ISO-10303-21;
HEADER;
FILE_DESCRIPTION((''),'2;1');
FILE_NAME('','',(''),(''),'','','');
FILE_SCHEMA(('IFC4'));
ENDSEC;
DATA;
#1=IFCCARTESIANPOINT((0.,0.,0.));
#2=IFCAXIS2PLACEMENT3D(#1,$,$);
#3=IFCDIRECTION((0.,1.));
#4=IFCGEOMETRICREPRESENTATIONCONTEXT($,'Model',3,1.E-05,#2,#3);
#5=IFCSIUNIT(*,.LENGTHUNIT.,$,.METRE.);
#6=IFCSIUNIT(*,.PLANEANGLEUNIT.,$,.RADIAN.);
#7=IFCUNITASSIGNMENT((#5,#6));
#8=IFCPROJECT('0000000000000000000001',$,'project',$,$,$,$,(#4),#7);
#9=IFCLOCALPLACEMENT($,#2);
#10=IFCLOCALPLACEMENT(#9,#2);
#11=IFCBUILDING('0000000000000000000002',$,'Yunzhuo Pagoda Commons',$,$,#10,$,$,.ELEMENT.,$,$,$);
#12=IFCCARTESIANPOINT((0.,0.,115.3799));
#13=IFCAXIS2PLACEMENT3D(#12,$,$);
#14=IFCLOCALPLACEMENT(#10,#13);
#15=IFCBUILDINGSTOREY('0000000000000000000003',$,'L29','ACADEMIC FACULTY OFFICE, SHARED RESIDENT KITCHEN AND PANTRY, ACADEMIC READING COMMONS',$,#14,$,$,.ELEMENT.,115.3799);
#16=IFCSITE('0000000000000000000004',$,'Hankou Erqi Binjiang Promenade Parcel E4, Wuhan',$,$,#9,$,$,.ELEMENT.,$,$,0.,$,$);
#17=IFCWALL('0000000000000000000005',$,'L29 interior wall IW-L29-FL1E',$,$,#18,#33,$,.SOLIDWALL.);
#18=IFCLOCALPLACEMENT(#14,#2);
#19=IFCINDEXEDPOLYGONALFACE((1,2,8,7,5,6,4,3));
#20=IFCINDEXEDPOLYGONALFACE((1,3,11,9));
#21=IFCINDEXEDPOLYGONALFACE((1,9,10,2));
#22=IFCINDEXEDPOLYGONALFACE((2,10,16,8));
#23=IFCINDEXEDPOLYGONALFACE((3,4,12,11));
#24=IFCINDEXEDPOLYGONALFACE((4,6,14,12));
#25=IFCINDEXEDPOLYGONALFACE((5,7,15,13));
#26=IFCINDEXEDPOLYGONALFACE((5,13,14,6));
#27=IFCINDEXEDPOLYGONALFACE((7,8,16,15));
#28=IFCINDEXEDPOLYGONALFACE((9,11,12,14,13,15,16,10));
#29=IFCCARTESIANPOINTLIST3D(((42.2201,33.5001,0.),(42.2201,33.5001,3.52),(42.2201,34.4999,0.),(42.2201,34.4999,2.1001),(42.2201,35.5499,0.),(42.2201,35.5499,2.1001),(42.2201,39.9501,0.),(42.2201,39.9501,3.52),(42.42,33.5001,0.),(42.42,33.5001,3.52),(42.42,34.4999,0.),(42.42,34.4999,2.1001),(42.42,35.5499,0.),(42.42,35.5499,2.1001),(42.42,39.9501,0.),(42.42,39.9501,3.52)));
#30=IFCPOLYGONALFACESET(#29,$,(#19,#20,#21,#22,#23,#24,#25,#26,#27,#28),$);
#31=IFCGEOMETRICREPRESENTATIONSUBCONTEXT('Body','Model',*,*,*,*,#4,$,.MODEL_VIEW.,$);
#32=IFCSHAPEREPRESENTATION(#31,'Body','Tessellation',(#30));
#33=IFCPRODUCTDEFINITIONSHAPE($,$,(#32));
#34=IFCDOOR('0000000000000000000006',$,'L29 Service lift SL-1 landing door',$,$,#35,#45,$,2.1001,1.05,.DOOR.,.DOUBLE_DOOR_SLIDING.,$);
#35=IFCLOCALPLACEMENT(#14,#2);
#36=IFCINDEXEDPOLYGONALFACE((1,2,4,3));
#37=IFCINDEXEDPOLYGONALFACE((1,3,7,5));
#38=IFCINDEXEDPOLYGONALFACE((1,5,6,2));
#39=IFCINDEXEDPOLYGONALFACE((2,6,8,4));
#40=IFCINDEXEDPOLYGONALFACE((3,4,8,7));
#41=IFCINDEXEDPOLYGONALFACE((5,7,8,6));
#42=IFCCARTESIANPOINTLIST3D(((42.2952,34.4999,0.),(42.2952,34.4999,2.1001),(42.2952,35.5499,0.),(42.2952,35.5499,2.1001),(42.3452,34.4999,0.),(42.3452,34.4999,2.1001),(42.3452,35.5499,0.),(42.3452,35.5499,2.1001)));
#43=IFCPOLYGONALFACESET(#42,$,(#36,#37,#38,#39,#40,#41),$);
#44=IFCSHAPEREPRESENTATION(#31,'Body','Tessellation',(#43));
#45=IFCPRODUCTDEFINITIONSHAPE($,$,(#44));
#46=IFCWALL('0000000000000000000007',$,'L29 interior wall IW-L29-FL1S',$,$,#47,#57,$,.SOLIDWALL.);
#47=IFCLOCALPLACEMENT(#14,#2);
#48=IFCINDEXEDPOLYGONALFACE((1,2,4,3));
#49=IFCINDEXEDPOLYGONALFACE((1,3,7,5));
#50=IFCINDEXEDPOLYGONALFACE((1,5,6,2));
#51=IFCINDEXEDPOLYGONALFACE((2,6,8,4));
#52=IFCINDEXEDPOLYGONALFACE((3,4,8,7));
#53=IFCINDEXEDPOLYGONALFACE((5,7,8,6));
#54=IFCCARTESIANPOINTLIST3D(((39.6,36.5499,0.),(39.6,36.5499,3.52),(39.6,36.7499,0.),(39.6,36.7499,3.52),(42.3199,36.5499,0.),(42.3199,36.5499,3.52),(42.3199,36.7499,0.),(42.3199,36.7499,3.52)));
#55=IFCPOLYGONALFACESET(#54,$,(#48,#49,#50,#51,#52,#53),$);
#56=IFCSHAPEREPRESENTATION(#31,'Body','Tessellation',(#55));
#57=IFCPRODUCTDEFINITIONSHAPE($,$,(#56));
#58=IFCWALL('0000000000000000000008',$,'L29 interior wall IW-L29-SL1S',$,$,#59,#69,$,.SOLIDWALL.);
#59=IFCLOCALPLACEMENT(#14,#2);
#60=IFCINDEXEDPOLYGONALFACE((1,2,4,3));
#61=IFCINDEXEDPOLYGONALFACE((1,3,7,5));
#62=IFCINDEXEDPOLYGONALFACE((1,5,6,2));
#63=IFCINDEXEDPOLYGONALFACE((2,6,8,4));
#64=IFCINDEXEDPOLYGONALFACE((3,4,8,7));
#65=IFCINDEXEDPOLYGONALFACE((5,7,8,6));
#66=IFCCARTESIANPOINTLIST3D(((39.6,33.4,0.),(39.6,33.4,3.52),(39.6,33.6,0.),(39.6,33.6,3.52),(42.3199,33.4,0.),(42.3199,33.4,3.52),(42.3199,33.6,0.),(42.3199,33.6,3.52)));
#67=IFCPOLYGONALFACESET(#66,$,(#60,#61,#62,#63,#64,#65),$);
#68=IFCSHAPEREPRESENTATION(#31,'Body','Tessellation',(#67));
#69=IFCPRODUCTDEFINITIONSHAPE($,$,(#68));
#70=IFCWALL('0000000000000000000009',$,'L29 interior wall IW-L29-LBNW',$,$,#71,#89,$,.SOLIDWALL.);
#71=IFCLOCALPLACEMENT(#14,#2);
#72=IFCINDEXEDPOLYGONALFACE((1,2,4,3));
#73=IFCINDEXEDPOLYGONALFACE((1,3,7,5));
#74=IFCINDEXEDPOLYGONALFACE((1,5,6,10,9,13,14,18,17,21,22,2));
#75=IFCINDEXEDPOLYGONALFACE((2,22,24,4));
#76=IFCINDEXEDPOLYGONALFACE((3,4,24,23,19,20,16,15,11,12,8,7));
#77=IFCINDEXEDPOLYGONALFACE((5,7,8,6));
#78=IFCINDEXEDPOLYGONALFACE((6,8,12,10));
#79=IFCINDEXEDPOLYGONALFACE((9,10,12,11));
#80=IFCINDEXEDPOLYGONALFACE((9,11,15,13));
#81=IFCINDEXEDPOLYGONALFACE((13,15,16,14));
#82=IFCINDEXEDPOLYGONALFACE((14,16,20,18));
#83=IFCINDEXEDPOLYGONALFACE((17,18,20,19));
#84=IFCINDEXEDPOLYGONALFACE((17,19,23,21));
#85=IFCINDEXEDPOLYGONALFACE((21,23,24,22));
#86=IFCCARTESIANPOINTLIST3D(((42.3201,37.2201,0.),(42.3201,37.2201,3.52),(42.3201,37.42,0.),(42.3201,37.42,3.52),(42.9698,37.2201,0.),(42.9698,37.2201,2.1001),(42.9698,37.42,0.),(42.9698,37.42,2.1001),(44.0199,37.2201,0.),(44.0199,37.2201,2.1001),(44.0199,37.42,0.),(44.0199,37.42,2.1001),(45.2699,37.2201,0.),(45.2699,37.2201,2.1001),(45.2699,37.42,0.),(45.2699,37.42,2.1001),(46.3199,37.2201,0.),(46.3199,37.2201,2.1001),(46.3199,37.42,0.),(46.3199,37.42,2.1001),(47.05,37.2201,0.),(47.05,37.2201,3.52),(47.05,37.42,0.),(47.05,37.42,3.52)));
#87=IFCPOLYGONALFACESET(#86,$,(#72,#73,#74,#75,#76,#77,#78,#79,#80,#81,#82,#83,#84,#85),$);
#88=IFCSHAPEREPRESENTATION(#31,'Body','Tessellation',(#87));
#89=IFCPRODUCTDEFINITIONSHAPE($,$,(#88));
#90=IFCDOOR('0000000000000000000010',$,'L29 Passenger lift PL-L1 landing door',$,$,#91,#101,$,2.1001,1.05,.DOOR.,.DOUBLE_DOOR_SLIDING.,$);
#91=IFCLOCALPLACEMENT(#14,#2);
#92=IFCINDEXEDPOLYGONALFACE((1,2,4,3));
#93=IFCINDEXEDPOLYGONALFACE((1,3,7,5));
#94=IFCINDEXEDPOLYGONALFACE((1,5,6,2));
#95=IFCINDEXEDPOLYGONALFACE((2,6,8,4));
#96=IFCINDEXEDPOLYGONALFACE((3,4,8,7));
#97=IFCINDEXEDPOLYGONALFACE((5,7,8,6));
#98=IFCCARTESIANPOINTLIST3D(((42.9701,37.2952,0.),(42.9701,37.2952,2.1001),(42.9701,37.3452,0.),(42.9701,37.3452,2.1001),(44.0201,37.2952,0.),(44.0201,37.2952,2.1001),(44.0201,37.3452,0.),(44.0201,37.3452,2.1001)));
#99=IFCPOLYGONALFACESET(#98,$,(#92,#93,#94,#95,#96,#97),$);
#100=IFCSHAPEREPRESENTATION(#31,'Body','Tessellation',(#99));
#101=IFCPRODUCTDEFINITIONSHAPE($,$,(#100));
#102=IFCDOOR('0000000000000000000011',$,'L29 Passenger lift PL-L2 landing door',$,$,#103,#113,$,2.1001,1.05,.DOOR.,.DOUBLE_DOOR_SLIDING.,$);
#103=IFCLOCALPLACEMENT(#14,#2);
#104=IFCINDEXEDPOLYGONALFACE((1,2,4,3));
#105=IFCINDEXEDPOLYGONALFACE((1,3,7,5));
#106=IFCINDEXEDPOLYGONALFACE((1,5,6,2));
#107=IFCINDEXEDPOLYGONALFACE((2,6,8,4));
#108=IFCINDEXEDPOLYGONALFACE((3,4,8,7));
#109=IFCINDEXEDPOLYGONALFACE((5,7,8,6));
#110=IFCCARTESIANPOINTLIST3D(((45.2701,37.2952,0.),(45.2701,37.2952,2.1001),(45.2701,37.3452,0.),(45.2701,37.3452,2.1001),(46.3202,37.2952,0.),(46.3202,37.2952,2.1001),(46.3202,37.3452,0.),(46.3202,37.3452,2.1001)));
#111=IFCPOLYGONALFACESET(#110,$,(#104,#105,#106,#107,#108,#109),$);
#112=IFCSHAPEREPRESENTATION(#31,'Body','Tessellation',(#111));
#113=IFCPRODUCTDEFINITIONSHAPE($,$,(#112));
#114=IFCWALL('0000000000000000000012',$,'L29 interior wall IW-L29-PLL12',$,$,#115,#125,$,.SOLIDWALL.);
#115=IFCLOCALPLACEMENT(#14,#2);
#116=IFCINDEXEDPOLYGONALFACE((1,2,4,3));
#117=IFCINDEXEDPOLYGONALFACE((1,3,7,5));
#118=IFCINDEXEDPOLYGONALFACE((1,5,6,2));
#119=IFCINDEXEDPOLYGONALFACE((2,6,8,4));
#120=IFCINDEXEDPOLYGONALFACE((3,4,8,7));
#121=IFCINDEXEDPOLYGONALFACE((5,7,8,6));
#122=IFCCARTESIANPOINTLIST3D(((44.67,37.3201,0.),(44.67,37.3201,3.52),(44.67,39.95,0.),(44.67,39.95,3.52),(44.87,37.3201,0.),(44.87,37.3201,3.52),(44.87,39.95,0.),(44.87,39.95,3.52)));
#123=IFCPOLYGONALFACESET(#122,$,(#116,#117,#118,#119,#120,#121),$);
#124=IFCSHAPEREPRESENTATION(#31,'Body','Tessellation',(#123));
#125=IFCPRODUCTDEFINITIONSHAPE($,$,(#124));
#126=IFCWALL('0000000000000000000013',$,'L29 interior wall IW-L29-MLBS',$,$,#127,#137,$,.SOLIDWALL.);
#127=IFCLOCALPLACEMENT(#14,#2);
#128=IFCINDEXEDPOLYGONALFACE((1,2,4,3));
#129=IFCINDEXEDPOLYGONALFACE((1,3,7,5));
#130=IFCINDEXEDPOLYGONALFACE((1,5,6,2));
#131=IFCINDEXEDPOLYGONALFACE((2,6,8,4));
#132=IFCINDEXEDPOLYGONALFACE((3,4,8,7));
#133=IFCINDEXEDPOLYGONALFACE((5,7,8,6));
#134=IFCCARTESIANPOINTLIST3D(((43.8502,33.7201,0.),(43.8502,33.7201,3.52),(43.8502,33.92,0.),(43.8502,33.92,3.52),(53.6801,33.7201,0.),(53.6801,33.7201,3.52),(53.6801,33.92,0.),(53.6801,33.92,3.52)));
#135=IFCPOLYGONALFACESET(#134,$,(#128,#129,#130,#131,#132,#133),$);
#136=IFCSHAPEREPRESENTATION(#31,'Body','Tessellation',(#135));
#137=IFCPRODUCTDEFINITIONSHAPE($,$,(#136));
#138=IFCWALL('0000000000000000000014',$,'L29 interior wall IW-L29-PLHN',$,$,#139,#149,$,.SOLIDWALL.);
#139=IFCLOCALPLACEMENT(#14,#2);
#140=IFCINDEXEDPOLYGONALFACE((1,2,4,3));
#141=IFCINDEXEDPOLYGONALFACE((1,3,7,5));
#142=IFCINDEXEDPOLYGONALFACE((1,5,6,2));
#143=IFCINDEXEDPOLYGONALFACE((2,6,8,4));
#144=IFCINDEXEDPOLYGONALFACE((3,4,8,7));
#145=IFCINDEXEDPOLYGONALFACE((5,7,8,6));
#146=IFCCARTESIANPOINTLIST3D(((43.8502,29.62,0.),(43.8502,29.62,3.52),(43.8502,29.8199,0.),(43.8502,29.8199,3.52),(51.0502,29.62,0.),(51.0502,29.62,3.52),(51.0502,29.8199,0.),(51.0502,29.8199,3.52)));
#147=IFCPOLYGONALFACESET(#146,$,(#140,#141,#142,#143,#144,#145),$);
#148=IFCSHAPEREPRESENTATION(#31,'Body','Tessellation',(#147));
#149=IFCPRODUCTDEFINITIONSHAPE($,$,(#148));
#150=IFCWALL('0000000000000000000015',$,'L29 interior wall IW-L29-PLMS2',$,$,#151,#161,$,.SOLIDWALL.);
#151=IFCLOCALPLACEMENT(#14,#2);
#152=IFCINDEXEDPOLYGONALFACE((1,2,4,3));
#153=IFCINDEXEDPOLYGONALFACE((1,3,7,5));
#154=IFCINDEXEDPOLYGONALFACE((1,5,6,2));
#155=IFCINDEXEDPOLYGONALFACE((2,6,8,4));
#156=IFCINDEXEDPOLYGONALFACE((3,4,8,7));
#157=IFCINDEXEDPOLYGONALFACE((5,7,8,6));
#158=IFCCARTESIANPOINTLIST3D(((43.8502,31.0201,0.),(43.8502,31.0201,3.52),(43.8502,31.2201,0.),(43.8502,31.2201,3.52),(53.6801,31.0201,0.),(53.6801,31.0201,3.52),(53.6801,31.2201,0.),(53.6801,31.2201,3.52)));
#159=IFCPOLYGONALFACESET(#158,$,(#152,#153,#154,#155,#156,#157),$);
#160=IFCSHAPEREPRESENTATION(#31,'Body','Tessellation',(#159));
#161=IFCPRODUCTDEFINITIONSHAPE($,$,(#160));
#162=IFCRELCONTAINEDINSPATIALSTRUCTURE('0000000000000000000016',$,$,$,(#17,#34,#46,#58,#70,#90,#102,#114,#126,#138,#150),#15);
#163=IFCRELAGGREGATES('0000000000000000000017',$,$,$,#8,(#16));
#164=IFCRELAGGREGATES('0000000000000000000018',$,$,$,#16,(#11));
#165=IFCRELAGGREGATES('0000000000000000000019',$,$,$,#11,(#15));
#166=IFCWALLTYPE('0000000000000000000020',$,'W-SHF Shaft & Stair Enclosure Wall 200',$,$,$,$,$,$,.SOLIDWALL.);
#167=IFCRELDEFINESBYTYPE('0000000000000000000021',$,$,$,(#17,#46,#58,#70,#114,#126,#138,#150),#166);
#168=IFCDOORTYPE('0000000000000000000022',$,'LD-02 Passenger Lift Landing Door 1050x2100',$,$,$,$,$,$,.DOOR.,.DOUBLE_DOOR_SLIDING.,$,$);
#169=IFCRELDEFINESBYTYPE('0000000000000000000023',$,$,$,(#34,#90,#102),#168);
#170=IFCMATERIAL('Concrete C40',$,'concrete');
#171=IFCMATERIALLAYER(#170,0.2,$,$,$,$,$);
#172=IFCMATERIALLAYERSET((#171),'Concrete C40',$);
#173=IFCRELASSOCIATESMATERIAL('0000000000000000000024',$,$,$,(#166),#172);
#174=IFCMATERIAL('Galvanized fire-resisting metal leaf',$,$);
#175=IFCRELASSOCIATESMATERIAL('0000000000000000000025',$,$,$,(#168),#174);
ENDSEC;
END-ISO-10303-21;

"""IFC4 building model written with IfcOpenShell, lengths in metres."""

from ifc_helpers import new_model, si_unit, direction, frame, frame_2d, origin, origin_with_axes, place, context, subcontext, project, spatial, rectangle, extrude, source, transform, mapped, material, layer, layer_set, type_object, element, fill, save


model = new_model("IFC4")

# Units and contexts
model_context = context("Model", 3, precision=1e-05, world=origin(), true_north=direction((0.0, 1.0)))
body_context = subcontext(model_context, "Body", "Model", "MODEL_VIEW")
ifc_project = project(units=[si_unit("LENGTHUNIT", "METRE"), si_unit("PLANEANGLEUNIT", "RADIAN")], contexts=[model_context])

# Site, building, storey
site_placement = place(None, origin())
site = spatial("IfcSite", under=ifc_project, at=site_placement, Name="Hankou Erqi Binjiang Promenade Parcel E4, Wuhan", CompositionType="ELEMENT", RefElevation=0.0)
building_placement = place(site_placement, origin())
building = spatial("IfcBuilding", under=site, at=building_placement, Name="Yunzhuo Pagoda Commons", CompositionType="ELEMENT")
storey_placement = place(building_placement, frame((0.0, 0.0, 115.3799)))
storey = spatial("IfcBuildingStorey", under=building, at=storey_placement, Name="L29", Description="ACADEMIC FACULTY OFFICE, SHARED RESIDENT KITCHEN AND PANTRY, ACADEMIC READING COMMONS", CompositionType="ELEMENT", Elevation=115.3799)

# Wall, opening, door
ifc_material_1 = material(Name="Galvanized fire-resisting metal leaf")
shared_shape_1 = source(origin(), body_context, "Body", "SweptSolid", [
    extrude(rectangle(XDim=1.05, YDim=2.1001, at=frame_2d((0.5249, 1.05))), frame((0.0, 0.0249, 0.0), z_axis=(0.0, -1.0, 0.0), x_axis=(1.0, 0.0, 0.0)), (0.0, 0.0, 1.0), 0.05),
])
ifc_material_2 = material(Name="Concrete C40", Category="concrete")
ifc_layer_1 = layer(ifc_material_2, 0.2)
ifc_layer_set_1 = layer_set([ifc_layer_1], Name="Concrete C40")
wall_type_1 = type_object("IfcWallType", Name="W-SHF Shaft & Stair Enclosure Wall 200", PredefinedType="SOLIDWALL", material=ifc_layer_set_1)
wall_1_placement = place(storey_placement, frame((42.3201, 33.5, 0.0), z_axis=(0.0, 0.0, 1.0), x_axis=(0.0, 1.0, 0.0)))
wall_1 = element("IfcWall", 1, at=wall_1_placement, inside=storey, type_object=wall_type_1, Name="L29 interior wall IW-L29-FL1E", PredefinedType="SOLIDWALL", context=body_context, shape_type="SweptSolid", body=[
    extrude(rectangle(XDim=6.45, YDim=0.2, at=frame_2d((3.2251, 0.0))), origin(), (0.0, 0.0, 1.0), 3.52),
])
opening_1_placement = place(wall_1_placement, frame((1.0, 0.0, 0.0)))
opening_1 = element("IfcOpeningElement", 2, at=opening_1_placement, cuts=wall_1, PredefinedType="OPENING", context=body_context, shape_type="SweptSolid", body=[
    extrude(rectangle(XDim=1.05, YDim=2.1001, at=frame_2d((0.5249, 1.05))), frame((0.0, 0.1099, 0.0), z_axis=(0.0, -1.0, 0.0), x_axis=(1.0, 0.0, 0.0)), (0.0, 0.0, 1.0), 0.22),
])
door_type_1 = type_object("IfcDoorType", Name="LD-02 Passenger Lift Landing Door 1050x2100", OperationType="DOUBLE_DOOR_SLIDING", PredefinedType="DOOR", material=ifc_material_1)
door_1_placement = place(opening_1_placement, origin_with_axes())
door_1 = element("IfcDoor", 3, at=door_1_placement, inside=storey, type_object=door_type_1, Name="L29 Service lift SL-1 landing door", OperationType="DOUBLE_DOOR_SLIDING", OverallHeight=2.1001, OverallWidth=1.05, PredefinedType="DOOR", context=body_context, shape_type="MappedRepresentation", body=[
    mapped(shared_shape_1, transform((0.0, 0.0, 0.0), scale=1.0)),
])
fill(opening_1, door_1)

# Walls
for number, where, z_axis, x_axis, name in (
    (4, (39.6001, 36.6499, 0.0), (0.0, 0.0, 1.0), (1.0, 0.0, 0.0), "L29 interior wall IW-L29-FL1S"),
    (5, (39.6001, 33.5, 0.0), (0.0, 0.0, 1.0), (1.0, 0.0, 0.0), "L29 interior wall IW-L29-SL1S"),
):
    element("IfcWall", number, at=place(storey_placement, frame(where, z_axis=z_axis, x_axis=x_axis)), inside=storey, type_object=wall_type_1, Name=name, PredefinedType="SOLIDWALL", context=body_context, shape_type="SweptSolid", body=[
        extrude(rectangle(XDim=2.72, YDim=0.2, at=frame_2d((1.3599, 0.0))), origin(), (0.0, 0.0, 1.0), 3.52),
    ])

# Wall, openings, doors
wall_2_placement = place(storey_placement, frame((42.3201, 37.3201, 0.0), z_axis=(0.0, 0.0, 1.0), x_axis=(1.0, 0.0, 0.0)))
wall_2 = element("IfcWall", 6, at=wall_2_placement, inside=storey, type_object=wall_type_1, Name="L29 interior wall IW-L29-LBNW", PredefinedType="SOLIDWALL", context=body_context, shape_type="SweptSolid", body=[
    extrude(rectangle(XDim=4.73, YDim=0.2, at=frame_2d((2.365, 0.0))), origin(), (0.0, 0.0, 1.0), 3.52),
])
opening_2_placement = place(wall_2_placement, frame((0.6499, 0.0, 0.0)))
opening_2 = element("IfcOpeningElement", 7, at=opening_2_placement, cuts=wall_2, PredefinedType="OPENING", context=body_context, shape_type="SweptSolid", body=[
    extrude(rectangle(XDim=1.05, YDim=2.1001, at=frame_2d((0.5249, 1.05))), frame((0.0, 0.1099, 0.0), z_axis=(0.0, -1.0, 0.0), x_axis=(1.0, 0.0, 0.0)), (0.0, 0.0, 1.0), 0.22),
])
opening_3_placement = place(wall_2_placement, frame((2.95, 0.0, 0.0)))
opening_3 = element("IfcOpeningElement", 8, at=opening_3_placement, cuts=wall_2, PredefinedType="OPENING", context=body_context, shape_type="SweptSolid", body=[
    extrude(rectangle(XDim=1.05, YDim=2.1001, at=frame_2d((0.5249, 1.05))), frame((0.0, 0.1099, 0.0), z_axis=(0.0, -1.0, 0.0), x_axis=(1.0, 0.0, 0.0)), (0.0, 0.0, 1.0), 0.22),
])
door_2_placement = place(opening_2_placement, frame((1.05, 0.0, 0.0), z_axis=(0.0, 0.0, 1.0), x_axis=(-1.0, 0.0, 0.0)))
door_2 = element("IfcDoor", 9, at=door_2_placement, inside=storey, type_object=door_type_1, Name="L29 Passenger lift PL-L1 landing door", OperationType="DOUBLE_DOOR_SLIDING", OverallHeight=2.1001, OverallWidth=1.05, PredefinedType="DOOR", context=body_context, shape_type="MappedRepresentation", body=[
    mapped(shared_shape_1, transform((0.0, 0.0, 0.0), scale=1.0)),
])
fill(opening_2, door_2)
door_3_placement = place(opening_3_placement, frame((1.05, 0.0, 0.0), z_axis=(0.0, 0.0, 1.0), x_axis=(-1.0, 0.0, 0.0)))
door_3 = element("IfcDoor", 10, at=door_3_placement, inside=storey, type_object=door_type_1, Name="L29 Passenger lift PL-L2 landing door", OperationType="DOUBLE_DOOR_SLIDING", OverallHeight=2.1001, OverallWidth=1.05, PredefinedType="DOOR", context=body_context, shape_type="MappedRepresentation", body=[
    mapped(shared_shape_1, transform((0.0, 0.0, 0.0), scale=1.0)),
])
fill(opening_3, door_3)

# Walls
wall_3_placement = place(storey_placement, frame((44.77, 37.3201, 0.0), z_axis=(0.0, 0.0, 1.0), x_axis=(0.0, 1.0, 0.0)))
element("IfcWall", 11, at=wall_3_placement, inside=storey, type_object=wall_type_1, Name="L29 interior wall IW-L29-PLL12", PredefinedType="SOLIDWALL", context=body_context, shape_type="SweptSolid", body=[
    extrude(rectangle(XDim=2.6299, YDim=0.2, at=frame_2d((1.3149, 0.0))), origin(), (0.0, 0.0, 1.0), 3.52),
])
wall_4_placement = place(storey_placement, frame((43.8501, 33.8201, 0.0), z_axis=(0.0, 0.0, 1.0), x_axis=(1.0, 0.0, 0.0)))
element("IfcWall", 12, at=wall_4_placement, inside=storey, type_object=wall_type_1, Name="L29 interior wall IW-L29-MLBS", PredefinedType="SOLIDWALL", context=body_context, shape_type="SweptSolid", body=[
    extrude(rectangle(XDim=9.8298, YDim=0.2, at=frame_2d((4.915, 0.0))), origin(), (0.0, 0.0, 1.0), 3.52),
])
wall_5_placement = place(storey_placement, frame((43.8501, 29.72, 0.0), z_axis=(0.0, 0.0, 1.0), x_axis=(1.0, 0.0, 0.0)))
element("IfcWall", 13, at=wall_5_placement, inside=storey, type_object=wall_type_1, Name="L29 interior wall IW-L29-PLHN", PredefinedType="SOLIDWALL", context=body_context, shape_type="SweptSolid", body=[
    extrude(rectangle(XDim=7.2, YDim=0.2, at=frame_2d((3.6001, 0.0))), origin(), (0.0, 0.0, 1.0), 3.52),
])
wall_6_placement = place(storey_placement, frame((43.8501, 31.1201, 0.0), z_axis=(0.0, 0.0, 1.0), x_axis=(1.0, 0.0, 0.0)))
element("IfcWall", 14, at=wall_6_placement, inside=storey, type_object=wall_type_1, Name="L29 interior wall IW-L29-PLMS2", PredefinedType="SOLIDWALL", context=body_context, shape_type="SweptSolid", body=[
    extrude(rectangle(XDim=9.8298, YDim=0.2, at=frame_2d((4.915, 0.0))), origin(), (0.0, 0.0, 1.0), 3.52),
])

save(model, "model.ifc")
